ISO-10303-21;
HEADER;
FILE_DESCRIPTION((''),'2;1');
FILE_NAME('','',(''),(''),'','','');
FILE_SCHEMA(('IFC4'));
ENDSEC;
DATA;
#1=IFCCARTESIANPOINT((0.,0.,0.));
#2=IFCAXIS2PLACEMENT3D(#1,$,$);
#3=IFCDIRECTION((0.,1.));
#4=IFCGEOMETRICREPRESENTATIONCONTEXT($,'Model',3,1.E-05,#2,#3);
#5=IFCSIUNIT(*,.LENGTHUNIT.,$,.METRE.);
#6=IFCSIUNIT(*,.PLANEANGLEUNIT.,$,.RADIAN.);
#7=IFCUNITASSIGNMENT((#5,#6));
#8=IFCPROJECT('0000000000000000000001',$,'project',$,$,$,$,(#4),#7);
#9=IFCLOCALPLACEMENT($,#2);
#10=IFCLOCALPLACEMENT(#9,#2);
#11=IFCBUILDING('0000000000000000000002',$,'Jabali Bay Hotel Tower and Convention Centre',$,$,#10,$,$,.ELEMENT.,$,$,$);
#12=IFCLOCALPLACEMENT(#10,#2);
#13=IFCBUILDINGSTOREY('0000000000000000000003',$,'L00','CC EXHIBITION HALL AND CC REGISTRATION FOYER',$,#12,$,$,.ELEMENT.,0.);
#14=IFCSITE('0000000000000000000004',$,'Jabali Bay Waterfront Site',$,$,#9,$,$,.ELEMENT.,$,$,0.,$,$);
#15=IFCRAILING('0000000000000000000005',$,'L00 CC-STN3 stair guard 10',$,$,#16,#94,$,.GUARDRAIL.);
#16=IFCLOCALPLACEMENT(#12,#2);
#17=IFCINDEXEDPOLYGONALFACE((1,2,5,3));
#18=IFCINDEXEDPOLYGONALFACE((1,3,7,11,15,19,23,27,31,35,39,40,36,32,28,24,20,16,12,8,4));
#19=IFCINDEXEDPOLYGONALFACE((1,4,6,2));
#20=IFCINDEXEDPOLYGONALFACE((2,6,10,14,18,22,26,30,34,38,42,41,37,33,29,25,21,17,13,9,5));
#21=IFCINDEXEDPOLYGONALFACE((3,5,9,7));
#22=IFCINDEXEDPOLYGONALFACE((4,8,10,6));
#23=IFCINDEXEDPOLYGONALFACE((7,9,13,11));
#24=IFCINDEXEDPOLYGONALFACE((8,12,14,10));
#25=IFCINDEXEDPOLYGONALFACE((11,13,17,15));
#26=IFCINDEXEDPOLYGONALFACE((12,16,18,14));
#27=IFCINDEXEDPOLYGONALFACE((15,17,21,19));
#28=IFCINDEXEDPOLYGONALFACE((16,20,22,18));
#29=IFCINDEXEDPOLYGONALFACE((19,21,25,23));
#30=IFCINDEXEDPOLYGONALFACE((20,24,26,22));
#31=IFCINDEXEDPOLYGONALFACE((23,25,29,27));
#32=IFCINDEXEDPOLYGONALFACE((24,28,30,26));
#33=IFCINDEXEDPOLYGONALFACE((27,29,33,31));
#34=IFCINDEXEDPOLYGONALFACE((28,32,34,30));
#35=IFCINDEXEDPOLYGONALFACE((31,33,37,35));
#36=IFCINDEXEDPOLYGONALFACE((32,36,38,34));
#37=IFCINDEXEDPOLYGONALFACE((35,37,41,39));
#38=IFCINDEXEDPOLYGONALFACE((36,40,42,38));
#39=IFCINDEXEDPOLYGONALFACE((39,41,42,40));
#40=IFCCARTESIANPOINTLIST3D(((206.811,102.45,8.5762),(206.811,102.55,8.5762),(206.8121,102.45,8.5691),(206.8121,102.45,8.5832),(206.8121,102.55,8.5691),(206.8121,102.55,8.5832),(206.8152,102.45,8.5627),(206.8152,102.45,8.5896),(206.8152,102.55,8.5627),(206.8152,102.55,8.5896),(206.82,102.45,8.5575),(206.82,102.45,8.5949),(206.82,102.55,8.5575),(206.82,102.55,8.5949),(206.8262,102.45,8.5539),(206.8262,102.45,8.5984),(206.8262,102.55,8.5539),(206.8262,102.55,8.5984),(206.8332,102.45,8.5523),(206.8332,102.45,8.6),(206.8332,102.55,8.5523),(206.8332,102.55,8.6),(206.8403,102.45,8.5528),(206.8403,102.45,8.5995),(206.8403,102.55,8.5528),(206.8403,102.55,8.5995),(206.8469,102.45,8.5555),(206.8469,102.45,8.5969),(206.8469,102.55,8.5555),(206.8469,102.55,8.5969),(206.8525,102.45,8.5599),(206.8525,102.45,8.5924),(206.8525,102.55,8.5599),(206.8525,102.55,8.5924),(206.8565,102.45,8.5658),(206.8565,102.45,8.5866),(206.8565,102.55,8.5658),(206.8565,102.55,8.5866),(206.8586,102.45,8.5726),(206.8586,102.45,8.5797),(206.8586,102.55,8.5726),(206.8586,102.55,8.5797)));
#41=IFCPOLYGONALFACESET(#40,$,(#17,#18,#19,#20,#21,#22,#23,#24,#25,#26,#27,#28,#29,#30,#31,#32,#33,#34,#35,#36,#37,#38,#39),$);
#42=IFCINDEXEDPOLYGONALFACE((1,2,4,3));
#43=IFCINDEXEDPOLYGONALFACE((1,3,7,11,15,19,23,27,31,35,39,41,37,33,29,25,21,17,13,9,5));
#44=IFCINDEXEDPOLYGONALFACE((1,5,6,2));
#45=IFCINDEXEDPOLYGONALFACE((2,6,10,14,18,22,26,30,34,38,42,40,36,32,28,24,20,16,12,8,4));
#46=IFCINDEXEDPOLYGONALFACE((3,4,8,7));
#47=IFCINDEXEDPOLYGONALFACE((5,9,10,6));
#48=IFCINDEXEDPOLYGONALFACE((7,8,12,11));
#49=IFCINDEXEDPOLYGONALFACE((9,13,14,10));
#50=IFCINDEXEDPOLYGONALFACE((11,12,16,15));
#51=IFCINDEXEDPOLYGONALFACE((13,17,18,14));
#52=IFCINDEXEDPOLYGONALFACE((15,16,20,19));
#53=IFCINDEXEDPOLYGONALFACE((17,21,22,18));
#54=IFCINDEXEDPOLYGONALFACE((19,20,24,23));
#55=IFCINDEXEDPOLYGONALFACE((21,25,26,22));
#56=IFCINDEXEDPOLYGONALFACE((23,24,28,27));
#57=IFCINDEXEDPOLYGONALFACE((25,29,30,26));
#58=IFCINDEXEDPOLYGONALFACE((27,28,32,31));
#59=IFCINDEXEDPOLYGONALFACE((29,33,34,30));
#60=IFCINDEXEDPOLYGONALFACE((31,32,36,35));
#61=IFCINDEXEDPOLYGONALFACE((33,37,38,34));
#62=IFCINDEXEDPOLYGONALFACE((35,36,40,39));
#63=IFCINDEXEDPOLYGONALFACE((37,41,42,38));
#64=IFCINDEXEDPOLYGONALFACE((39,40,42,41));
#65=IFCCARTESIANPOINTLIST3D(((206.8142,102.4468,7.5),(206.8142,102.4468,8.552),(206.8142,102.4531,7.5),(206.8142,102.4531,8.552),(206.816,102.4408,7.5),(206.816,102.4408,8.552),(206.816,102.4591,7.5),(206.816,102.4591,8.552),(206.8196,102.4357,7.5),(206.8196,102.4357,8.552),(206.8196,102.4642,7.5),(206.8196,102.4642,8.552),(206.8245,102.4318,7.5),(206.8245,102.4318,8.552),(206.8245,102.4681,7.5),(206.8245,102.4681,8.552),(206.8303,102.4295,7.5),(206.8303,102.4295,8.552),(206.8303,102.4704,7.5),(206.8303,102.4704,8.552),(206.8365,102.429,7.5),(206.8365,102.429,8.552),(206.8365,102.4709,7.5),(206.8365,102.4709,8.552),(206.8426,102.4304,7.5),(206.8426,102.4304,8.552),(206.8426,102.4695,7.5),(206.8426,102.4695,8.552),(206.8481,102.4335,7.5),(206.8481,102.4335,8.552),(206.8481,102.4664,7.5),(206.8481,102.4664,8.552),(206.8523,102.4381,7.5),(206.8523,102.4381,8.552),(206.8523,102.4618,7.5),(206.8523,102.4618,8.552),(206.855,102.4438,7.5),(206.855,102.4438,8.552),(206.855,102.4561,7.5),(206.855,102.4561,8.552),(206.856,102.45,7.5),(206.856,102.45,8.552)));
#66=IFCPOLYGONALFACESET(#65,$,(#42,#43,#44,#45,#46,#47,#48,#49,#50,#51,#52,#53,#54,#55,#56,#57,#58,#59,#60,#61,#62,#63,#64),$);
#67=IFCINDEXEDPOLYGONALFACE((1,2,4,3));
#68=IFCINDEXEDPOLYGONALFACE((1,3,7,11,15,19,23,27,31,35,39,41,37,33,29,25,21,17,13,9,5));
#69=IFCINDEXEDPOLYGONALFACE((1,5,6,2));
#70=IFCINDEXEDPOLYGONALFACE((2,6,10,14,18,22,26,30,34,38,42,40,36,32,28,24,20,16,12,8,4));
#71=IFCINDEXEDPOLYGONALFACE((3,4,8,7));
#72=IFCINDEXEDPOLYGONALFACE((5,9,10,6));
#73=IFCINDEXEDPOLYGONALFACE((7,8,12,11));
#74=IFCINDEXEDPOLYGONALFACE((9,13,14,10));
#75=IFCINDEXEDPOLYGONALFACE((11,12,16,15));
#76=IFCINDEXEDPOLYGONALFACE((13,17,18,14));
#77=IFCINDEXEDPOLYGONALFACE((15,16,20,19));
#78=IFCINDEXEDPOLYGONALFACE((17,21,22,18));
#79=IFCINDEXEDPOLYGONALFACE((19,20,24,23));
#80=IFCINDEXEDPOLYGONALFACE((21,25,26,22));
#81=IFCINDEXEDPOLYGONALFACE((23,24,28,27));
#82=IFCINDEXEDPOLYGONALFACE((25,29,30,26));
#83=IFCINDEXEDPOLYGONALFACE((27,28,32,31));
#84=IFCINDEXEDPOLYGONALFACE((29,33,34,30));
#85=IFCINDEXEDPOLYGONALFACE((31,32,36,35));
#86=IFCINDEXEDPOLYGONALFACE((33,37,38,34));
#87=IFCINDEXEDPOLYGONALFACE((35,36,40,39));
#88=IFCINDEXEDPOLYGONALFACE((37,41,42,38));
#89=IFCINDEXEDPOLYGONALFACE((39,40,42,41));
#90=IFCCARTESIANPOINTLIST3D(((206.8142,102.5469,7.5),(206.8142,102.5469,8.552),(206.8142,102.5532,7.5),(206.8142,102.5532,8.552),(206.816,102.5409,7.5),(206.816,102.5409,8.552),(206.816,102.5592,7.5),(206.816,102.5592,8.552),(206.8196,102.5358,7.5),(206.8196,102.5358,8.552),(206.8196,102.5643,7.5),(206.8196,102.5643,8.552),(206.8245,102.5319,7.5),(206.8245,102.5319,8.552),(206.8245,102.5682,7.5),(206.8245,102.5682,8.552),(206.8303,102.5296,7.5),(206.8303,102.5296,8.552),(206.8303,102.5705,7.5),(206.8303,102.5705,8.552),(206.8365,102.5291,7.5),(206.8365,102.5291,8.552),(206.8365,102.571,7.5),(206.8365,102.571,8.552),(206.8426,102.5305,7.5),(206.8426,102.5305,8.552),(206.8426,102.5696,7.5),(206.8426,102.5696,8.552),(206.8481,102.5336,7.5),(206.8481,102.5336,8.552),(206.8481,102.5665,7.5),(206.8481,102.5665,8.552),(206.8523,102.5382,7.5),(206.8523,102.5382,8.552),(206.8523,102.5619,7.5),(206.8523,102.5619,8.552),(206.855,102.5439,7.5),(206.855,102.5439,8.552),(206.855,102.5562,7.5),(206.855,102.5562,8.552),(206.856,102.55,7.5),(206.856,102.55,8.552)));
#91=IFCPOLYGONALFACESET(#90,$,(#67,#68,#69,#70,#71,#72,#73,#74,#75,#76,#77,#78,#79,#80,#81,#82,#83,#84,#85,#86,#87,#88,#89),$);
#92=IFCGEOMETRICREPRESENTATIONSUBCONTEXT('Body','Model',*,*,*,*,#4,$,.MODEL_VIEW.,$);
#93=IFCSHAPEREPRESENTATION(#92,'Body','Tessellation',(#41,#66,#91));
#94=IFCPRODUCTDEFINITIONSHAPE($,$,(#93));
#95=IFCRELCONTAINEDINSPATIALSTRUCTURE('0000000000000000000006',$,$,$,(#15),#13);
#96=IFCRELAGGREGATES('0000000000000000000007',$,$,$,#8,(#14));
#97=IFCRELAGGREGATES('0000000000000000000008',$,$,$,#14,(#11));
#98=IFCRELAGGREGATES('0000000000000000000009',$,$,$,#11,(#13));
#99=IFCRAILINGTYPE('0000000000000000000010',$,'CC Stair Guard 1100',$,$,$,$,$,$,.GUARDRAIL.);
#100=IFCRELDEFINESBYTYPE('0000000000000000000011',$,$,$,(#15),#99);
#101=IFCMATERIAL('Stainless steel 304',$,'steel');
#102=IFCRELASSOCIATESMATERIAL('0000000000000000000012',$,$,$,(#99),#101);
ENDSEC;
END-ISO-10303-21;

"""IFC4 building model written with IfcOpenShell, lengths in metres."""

from ifc_helpers import new_model, si_unit, direction, frame, origin, origin_2d, place, context, subcontext, project, spatial, circle, extrude, material, type_object, element, save


model = new_model("IFC4")

# Units and contexts
model_context = context("Model", 3, precision=1e-05, world=origin(), true_north=direction((0.0, 1.0)))
body_context = subcontext(model_context, "Body", "Model", "MODEL_VIEW")
ifc_project = project(units=[si_unit("LENGTHUNIT", "METRE"), si_unit("PLANEANGLEUNIT", "RADIAN")], contexts=[model_context])

# Site, building, storey
site_placement = place(None, origin())
site = spatial("IfcSite", under=ifc_project, at=site_placement, Name="Jabali Bay Waterfront Site", CompositionType="ELEMENT", RefElevation=0.0)
building_placement = place(site_placement, origin())
building = spatial("IfcBuilding", under=site, at=building_placement, Name="Jabali Bay Hotel Tower and Convention Centre", CompositionType="ELEMENT")
storey_placement = place(building_placement, origin())
storey = spatial("IfcBuildingStorey", under=building, at=storey_placement, Name="L00", Description="CC EXHIBITION HALL AND CC REGISTRATION FOYER", CompositionType="ELEMENT", Elevation=0.0)

# Railing
ifc_material_1 = material(Name="Stainless steel 304", Category="steel")
railing_type_1 = type_object("IfcRailingType", Name="CC Stair Guard 1100", PredefinedType="GUARDRAIL", material=ifc_material_1)
railing_1_placement = place(storey_placement, frame((206.835, 102.45, 7.5)))
element("IfcRailing", 1, at=railing_1_placement, inside=storey, type_object=railing_type_1, Name="L00 CC-STN3 stair guard 10", PredefinedType="GUARDRAIL", context=body_context, shape_type="SweptSolid", body=[
    extrude(circle(Radius=0.0239, at=origin_2d()), frame((0.0, 0.0, 1.0762), z_axis=(0.0, 1.0, 0.0), x_axis=(-1.0, 0.0, 0.0)), (0.0, 0.0, 1.0), 0.1001),
    extrude(circle(Radius=0.021, at=origin_2d()), origin(), (0.0, 0.0, 1.0), 1.052),
    extrude(circle(Radius=0.021, at=origin_2d()), frame((0.0, 0.1001, 0.0)), (0.0, 0.0, 1.0), 1.052),
])

save(model, "model.ifc")
